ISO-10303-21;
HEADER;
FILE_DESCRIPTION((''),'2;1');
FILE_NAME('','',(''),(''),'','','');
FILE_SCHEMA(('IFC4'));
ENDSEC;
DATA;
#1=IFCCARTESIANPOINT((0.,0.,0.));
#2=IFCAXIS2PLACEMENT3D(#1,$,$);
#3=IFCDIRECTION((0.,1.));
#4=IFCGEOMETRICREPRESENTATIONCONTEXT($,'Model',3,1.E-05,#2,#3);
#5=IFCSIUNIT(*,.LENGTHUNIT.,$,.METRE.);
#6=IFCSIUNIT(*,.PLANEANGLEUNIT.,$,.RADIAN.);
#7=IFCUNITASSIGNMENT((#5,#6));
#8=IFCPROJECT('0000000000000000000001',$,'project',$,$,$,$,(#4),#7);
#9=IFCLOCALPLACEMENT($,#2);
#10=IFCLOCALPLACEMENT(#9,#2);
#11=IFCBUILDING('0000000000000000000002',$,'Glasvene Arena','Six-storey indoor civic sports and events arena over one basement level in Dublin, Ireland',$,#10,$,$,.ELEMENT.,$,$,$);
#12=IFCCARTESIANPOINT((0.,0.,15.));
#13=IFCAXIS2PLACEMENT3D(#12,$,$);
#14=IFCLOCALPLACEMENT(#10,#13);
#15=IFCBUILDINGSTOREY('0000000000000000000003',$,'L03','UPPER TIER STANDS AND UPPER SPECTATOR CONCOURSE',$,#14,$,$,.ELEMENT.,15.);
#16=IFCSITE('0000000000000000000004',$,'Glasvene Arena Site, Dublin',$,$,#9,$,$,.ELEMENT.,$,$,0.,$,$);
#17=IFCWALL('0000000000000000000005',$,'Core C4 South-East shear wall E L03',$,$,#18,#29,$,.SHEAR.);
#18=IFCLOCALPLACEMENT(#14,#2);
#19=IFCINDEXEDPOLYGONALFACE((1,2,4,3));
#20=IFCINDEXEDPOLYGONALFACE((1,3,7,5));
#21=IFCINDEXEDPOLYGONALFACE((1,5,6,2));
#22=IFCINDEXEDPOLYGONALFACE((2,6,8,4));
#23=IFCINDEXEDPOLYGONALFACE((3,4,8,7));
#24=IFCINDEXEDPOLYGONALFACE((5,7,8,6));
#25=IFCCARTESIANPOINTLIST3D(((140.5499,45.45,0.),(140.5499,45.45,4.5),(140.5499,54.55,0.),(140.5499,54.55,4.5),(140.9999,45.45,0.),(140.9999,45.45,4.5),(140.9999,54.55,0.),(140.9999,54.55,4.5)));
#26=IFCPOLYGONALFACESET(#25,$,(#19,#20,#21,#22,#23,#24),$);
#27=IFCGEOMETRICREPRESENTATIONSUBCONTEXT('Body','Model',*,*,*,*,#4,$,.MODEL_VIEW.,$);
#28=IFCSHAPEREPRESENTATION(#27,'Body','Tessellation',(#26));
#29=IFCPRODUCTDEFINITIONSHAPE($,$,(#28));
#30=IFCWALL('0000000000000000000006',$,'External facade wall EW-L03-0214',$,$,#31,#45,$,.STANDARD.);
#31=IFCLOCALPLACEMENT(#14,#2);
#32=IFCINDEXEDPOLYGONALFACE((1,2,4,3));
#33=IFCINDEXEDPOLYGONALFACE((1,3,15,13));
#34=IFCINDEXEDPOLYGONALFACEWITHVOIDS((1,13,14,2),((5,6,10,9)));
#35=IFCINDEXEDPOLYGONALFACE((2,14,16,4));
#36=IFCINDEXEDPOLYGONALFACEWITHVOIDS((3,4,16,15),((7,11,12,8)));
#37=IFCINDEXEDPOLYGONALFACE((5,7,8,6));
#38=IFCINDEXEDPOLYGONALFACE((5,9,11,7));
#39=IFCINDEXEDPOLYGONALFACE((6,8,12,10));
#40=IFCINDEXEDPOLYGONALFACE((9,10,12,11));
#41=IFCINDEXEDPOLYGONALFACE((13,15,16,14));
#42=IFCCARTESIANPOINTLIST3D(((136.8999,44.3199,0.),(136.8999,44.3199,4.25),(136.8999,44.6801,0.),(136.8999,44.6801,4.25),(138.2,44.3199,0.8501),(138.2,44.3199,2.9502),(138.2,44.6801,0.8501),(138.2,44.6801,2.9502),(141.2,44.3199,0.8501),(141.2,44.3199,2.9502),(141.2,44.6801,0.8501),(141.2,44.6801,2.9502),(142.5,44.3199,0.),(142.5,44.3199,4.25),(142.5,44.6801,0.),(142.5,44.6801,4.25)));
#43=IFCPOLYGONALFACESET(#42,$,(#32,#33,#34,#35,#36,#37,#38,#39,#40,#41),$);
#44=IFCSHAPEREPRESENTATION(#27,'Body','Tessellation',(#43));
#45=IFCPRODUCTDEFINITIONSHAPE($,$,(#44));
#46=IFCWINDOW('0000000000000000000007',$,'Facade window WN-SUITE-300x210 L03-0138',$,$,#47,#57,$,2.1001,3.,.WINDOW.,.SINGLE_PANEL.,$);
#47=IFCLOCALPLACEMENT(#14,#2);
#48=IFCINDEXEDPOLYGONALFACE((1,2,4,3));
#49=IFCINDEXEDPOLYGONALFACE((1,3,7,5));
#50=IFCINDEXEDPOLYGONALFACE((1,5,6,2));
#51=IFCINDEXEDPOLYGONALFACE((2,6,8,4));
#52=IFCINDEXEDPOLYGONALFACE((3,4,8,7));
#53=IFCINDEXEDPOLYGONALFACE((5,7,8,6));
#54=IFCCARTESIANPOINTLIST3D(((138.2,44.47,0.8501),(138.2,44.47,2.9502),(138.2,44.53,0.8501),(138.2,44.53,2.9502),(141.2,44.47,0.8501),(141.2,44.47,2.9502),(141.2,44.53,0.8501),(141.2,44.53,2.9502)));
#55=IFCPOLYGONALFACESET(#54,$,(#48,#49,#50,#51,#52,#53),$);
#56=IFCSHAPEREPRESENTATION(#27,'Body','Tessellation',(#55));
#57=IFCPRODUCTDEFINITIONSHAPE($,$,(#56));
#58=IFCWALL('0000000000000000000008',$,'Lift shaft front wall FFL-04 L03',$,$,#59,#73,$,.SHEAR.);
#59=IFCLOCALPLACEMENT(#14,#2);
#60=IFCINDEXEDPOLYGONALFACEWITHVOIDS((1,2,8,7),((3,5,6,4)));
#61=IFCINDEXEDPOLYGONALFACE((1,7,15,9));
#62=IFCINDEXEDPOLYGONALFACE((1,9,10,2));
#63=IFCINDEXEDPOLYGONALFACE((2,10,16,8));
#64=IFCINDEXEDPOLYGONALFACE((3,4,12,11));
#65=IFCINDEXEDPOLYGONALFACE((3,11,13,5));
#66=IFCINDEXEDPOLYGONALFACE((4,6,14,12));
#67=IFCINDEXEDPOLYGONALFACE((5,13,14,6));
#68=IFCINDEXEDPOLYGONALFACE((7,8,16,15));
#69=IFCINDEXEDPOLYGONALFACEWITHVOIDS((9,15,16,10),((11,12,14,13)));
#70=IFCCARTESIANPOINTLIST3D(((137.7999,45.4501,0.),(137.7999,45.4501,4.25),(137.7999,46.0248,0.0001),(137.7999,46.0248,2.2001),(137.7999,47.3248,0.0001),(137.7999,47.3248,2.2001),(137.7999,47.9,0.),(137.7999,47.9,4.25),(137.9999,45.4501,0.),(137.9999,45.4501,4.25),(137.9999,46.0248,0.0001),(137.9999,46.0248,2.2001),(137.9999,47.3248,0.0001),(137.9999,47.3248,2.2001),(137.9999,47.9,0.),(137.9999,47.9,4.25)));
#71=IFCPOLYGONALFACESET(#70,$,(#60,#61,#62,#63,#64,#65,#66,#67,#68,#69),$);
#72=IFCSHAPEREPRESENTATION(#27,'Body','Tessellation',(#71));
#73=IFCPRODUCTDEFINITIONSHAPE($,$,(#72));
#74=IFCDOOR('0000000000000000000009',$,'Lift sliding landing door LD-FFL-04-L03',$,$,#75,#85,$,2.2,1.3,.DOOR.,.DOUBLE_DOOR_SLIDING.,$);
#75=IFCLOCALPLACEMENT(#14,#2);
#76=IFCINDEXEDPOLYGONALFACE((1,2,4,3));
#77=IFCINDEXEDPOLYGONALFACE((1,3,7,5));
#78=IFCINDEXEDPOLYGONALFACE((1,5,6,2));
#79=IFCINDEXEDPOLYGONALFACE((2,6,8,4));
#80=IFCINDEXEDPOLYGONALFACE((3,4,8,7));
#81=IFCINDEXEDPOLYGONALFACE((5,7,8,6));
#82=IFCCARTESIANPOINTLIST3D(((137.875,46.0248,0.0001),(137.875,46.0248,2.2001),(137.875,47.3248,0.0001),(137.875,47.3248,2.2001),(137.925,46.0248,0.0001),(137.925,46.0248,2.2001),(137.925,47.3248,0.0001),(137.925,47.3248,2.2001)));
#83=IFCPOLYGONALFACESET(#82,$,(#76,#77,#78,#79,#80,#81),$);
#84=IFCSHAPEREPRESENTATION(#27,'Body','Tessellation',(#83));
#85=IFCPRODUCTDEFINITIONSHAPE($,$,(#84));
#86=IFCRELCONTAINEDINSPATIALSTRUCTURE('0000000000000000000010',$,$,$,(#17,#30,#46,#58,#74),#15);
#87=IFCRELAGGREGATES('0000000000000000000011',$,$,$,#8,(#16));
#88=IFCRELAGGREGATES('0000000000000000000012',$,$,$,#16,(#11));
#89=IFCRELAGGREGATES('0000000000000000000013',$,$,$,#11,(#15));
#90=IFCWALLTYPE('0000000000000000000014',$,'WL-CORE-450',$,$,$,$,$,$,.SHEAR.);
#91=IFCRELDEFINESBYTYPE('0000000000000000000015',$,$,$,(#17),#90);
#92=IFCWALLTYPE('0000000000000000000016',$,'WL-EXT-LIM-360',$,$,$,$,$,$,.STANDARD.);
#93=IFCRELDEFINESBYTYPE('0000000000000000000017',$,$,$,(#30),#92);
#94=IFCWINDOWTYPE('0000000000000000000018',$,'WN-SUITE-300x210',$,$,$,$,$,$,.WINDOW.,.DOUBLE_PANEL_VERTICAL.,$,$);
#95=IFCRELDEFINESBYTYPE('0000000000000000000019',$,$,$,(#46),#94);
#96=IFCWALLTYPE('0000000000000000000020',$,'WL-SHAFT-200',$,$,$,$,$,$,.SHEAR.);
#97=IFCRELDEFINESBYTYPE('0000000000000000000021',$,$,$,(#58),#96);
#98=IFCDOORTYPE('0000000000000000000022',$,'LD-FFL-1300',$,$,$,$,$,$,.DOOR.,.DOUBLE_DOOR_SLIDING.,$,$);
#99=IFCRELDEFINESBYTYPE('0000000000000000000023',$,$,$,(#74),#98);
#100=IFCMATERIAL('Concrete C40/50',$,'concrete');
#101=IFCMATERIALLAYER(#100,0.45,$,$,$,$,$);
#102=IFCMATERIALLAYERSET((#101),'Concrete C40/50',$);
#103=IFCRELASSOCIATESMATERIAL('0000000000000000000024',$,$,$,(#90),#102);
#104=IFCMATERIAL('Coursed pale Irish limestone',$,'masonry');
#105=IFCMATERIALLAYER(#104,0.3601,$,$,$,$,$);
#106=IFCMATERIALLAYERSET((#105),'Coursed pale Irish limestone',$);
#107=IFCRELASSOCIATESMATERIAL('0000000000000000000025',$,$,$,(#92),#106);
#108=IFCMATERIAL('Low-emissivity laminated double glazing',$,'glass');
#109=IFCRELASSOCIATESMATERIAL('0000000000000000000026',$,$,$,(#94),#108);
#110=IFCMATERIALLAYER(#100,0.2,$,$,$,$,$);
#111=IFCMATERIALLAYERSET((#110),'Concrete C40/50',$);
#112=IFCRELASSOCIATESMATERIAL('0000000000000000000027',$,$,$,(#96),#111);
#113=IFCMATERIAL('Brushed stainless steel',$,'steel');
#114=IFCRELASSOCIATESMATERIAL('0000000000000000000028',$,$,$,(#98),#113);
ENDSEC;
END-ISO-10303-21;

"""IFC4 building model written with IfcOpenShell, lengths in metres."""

from ifc_helpers import new_model, si_unit, direction, frame, frame_2d, origin, place, context, subcontext, project, spatial, rectangle, extrude, material, layer, layer_set, type_object, element, fill, save


model = new_model("IFC4")

# Units and contexts
model_context = context("Model", 3, precision=1e-05, world=origin(), true_north=direction((0.0, 1.0)))
body_context = subcontext(model_context, "Body", "Model", "MODEL_VIEW")
ifc_project = project(units=[si_unit("LENGTHUNIT", "METRE"), si_unit("PLANEANGLEUNIT", "RADIAN")], contexts=[model_context])

# Site, building, storey
site_placement = place(None, origin())
site = spatial("IfcSite", under=ifc_project, at=site_placement, Name="Glasvene Arena Site, Dublin", CompositionType="ELEMENT", RefElevation=0.0)
building_placement = place(site_placement, origin())
building = spatial("IfcBuilding", under=site, at=building_placement, Name="Glasvene Arena", Description="Six-storey indoor civic sports and events arena over one basement level in Dublin, Ireland", CompositionType="ELEMENT")
storey_placement = place(building_placement, frame((0.0, 0.0, 15.0)))
storey = spatial("IfcBuildingStorey", under=building, at=storey_placement, Name="L03", Description="UPPER TIER STANDS AND UPPER SPECTATOR CONCOURSE", CompositionType="ELEMENT", Elevation=15.0)

# Shared definitions
ifc_material_1 = material(Name="Low-emissivity laminated double glazing", Category="glass")

# Wall
ifc_material_2 = material(Name="Concrete C40/50", Category="concrete")
ifc_layer_1 = layer(ifc_material_2, 0.45)
ifc_layer_set_1 = layer_set([ifc_layer_1], Name="Concrete C40/50")
wall_type_1 = type_object("IfcWallType", Name="WL-CORE-450", PredefinedType="SHEAR", material=ifc_layer_set_1)
wall_1_placement = place(storey_placement, frame((140.7749, 45.45, 0.0), z_axis=(0.0, 0.0, 1.0), x_axis=(0.0, 1.0, 0.0)))
element("IfcWall", 1, at=wall_1_placement, inside=storey, type_object=wall_type_1, Name="Core C4 South-East shear wall E L03", PredefinedType="SHEAR", context=body_context, shape_type="SweptSolid", body=[
    extrude(rectangle(XDim=9.1001, YDim=0.45, at=frame_2d((4.55, 0.0))), origin(), (0.0, 0.0, 1.0), 4.5),
])

# Wall, opening, window
ifc_material_3 = material(Name="Coursed pale Irish limestone", Category="masonry")
ifc_layer_2 = layer(ifc_material_3, 0.3601)
ifc_layer_set_2 = layer_set([ifc_layer_2], Name="Coursed pale Irish limestone")
wall_type_2 = type_object("IfcWallType", Name="WL-EXT-LIM-360", PredefinedType="STANDARD", material=ifc_layer_set_2)
wall_2_placement = place(storey_placement, frame((142.5, 44.5, 0.0), z_axis=(0.0, 0.0, 1.0), x_axis=(-1.0, 0.0, 0.0)))
wall_2 = element("IfcWall", 2, at=wall_2_placement, inside=storey, type_object=wall_type_2, Name="External facade wall EW-L03-0214", PredefinedType="STANDARD", context=body_context, shape_type="SweptSolid", body=[
    extrude(rectangle(XDim=5.6001, YDim=0.3601, at=frame_2d((2.8, 0.0))), origin(), (0.0, 0.0, 1.0), 4.25),
])
opening_1_placement = place(wall_2_placement, frame((1.3, 0.0, 0.8501)))
opening_1 = element("IfcOpeningElement", 3, at=opening_1_placement, cuts=wall_2, PredefinedType="OPENING", context=body_context, shape_type="SweptSolid", body=[
    extrude(rectangle(XDim=3.0, YDim=2.1001, at=frame_2d((1.5, 1.05))), frame((0.0, 0.1899, 0.0), z_axis=(0.0, -1.0, 0.0), x_axis=(1.0, 0.0, 0.0)), (0.0, 0.0, 1.0), 0.3801),
])
window_type = type_object("IfcWindowType", Name="WN-SUITE-300x210", PartitioningType="DOUBLE_PANEL_VERTICAL", PredefinedType="WINDOW", material=ifc_material_1)
window_placement = place(opening_1_placement, origin())
window = element("IfcWindow", 4, at=window_placement, inside=storey, type_object=window_type, Name="Facade window WN-SUITE-300x210 L03-0138", OverallHeight=2.1001, OverallWidth=3.0, PartitioningType="SINGLE_PANEL", PredefinedType="WINDOW", context=body_context, shape_type="SweptSolid", body=[
    extrude(rectangle(XDim=3.0, YDim=2.1001, at=frame_2d((1.5, 1.05))), frame((0.0, 0.03, 0.0), z_axis=(0.0, -1.0, 0.0), x_axis=(1.0, 0.0, 0.0)), (0.0, 0.0, 1.0), 0.0601),
])
fill(opening_1, window)

# Wall, opening, door
ifc_layer_3 = layer(ifc_material_2, 0.2)
ifc_layer_set_3 = layer_set([ifc_layer_3], Name="Concrete C40/50")
wall_type_3 = type_object("IfcWallType", Name="WL-SHAFT-200", PredefinedType="SHEAR", material=ifc_layer_set_3)
wall_3_placement = place(storey_placement, frame((137.8999, 45.45, 0.0), z_axis=(0.0, 0.0, 1.0), x_axis=(0.0, 1.0, 0.0)))
wall_3 = element("IfcWall", 5, at=wall_3_placement, inside=storey, type_object=wall_type_3, Name="Lift shaft front wall FFL-04 L03", PredefinedType="SHEAR", context=body_context, shape_type="SweptSolid", body=[
    extrude(rectangle(XDim=2.45, YDim=0.2, at=frame_2d((1.2251, 0.0))), origin(), (0.0, 0.0, 1.0), 4.25),
])
opening_2_placement = place(wall_3_placement, frame((0.575, 0.0, 0.0)))
opening_2 = element("IfcOpeningElement", 6, at=opening_2_placement, cuts=wall_3, PredefinedType="OPENING", context=body_context, shape_type="SweptSolid", body=[
    extrude(rectangle(XDim=1.3, YDim=2.2, at=frame_2d((0.6499, 1.1001))), frame((0.0, 0.1099, 0.0), z_axis=(0.0, -1.0, 0.0), x_axis=(1.0, 0.0, 0.0)), (0.0, 0.0, 1.0), 0.22),
])
ifc_material_4 = material(Name="Brushed stainless steel", Category="steel")
door_type = type_object("IfcDoorType", Name="LD-FFL-1300", OperationType="DOUBLE_DOOR_SLIDING", PredefinedType="DOOR", material=ifc_material_4)
door_placement = place(opening_2_placement, origin())
door = element("IfcDoor", 7, at=door_placement, inside=storey, type_object=door_type, Name="Lift sliding landing door LD-FFL-04-L03", OperationType="DOUBLE_DOOR_SLIDING", OverallHeight=2.2, OverallWidth=1.3, PredefinedType="DOOR", context=body_context, shape_type="SweptSolid", body=[
    extrude(rectangle(XDim=1.3, YDim=2.2, at=frame_2d((0.6499, 1.1001))), frame((0.0, 0.0249, 0.0), z_axis=(0.0, -1.0, 0.0), x_axis=(1.0, 0.0, 0.0)), (0.0, 0.0, 1.0), 0.05),
])
fill(opening_2, door)

save(model, "model.ifc")
